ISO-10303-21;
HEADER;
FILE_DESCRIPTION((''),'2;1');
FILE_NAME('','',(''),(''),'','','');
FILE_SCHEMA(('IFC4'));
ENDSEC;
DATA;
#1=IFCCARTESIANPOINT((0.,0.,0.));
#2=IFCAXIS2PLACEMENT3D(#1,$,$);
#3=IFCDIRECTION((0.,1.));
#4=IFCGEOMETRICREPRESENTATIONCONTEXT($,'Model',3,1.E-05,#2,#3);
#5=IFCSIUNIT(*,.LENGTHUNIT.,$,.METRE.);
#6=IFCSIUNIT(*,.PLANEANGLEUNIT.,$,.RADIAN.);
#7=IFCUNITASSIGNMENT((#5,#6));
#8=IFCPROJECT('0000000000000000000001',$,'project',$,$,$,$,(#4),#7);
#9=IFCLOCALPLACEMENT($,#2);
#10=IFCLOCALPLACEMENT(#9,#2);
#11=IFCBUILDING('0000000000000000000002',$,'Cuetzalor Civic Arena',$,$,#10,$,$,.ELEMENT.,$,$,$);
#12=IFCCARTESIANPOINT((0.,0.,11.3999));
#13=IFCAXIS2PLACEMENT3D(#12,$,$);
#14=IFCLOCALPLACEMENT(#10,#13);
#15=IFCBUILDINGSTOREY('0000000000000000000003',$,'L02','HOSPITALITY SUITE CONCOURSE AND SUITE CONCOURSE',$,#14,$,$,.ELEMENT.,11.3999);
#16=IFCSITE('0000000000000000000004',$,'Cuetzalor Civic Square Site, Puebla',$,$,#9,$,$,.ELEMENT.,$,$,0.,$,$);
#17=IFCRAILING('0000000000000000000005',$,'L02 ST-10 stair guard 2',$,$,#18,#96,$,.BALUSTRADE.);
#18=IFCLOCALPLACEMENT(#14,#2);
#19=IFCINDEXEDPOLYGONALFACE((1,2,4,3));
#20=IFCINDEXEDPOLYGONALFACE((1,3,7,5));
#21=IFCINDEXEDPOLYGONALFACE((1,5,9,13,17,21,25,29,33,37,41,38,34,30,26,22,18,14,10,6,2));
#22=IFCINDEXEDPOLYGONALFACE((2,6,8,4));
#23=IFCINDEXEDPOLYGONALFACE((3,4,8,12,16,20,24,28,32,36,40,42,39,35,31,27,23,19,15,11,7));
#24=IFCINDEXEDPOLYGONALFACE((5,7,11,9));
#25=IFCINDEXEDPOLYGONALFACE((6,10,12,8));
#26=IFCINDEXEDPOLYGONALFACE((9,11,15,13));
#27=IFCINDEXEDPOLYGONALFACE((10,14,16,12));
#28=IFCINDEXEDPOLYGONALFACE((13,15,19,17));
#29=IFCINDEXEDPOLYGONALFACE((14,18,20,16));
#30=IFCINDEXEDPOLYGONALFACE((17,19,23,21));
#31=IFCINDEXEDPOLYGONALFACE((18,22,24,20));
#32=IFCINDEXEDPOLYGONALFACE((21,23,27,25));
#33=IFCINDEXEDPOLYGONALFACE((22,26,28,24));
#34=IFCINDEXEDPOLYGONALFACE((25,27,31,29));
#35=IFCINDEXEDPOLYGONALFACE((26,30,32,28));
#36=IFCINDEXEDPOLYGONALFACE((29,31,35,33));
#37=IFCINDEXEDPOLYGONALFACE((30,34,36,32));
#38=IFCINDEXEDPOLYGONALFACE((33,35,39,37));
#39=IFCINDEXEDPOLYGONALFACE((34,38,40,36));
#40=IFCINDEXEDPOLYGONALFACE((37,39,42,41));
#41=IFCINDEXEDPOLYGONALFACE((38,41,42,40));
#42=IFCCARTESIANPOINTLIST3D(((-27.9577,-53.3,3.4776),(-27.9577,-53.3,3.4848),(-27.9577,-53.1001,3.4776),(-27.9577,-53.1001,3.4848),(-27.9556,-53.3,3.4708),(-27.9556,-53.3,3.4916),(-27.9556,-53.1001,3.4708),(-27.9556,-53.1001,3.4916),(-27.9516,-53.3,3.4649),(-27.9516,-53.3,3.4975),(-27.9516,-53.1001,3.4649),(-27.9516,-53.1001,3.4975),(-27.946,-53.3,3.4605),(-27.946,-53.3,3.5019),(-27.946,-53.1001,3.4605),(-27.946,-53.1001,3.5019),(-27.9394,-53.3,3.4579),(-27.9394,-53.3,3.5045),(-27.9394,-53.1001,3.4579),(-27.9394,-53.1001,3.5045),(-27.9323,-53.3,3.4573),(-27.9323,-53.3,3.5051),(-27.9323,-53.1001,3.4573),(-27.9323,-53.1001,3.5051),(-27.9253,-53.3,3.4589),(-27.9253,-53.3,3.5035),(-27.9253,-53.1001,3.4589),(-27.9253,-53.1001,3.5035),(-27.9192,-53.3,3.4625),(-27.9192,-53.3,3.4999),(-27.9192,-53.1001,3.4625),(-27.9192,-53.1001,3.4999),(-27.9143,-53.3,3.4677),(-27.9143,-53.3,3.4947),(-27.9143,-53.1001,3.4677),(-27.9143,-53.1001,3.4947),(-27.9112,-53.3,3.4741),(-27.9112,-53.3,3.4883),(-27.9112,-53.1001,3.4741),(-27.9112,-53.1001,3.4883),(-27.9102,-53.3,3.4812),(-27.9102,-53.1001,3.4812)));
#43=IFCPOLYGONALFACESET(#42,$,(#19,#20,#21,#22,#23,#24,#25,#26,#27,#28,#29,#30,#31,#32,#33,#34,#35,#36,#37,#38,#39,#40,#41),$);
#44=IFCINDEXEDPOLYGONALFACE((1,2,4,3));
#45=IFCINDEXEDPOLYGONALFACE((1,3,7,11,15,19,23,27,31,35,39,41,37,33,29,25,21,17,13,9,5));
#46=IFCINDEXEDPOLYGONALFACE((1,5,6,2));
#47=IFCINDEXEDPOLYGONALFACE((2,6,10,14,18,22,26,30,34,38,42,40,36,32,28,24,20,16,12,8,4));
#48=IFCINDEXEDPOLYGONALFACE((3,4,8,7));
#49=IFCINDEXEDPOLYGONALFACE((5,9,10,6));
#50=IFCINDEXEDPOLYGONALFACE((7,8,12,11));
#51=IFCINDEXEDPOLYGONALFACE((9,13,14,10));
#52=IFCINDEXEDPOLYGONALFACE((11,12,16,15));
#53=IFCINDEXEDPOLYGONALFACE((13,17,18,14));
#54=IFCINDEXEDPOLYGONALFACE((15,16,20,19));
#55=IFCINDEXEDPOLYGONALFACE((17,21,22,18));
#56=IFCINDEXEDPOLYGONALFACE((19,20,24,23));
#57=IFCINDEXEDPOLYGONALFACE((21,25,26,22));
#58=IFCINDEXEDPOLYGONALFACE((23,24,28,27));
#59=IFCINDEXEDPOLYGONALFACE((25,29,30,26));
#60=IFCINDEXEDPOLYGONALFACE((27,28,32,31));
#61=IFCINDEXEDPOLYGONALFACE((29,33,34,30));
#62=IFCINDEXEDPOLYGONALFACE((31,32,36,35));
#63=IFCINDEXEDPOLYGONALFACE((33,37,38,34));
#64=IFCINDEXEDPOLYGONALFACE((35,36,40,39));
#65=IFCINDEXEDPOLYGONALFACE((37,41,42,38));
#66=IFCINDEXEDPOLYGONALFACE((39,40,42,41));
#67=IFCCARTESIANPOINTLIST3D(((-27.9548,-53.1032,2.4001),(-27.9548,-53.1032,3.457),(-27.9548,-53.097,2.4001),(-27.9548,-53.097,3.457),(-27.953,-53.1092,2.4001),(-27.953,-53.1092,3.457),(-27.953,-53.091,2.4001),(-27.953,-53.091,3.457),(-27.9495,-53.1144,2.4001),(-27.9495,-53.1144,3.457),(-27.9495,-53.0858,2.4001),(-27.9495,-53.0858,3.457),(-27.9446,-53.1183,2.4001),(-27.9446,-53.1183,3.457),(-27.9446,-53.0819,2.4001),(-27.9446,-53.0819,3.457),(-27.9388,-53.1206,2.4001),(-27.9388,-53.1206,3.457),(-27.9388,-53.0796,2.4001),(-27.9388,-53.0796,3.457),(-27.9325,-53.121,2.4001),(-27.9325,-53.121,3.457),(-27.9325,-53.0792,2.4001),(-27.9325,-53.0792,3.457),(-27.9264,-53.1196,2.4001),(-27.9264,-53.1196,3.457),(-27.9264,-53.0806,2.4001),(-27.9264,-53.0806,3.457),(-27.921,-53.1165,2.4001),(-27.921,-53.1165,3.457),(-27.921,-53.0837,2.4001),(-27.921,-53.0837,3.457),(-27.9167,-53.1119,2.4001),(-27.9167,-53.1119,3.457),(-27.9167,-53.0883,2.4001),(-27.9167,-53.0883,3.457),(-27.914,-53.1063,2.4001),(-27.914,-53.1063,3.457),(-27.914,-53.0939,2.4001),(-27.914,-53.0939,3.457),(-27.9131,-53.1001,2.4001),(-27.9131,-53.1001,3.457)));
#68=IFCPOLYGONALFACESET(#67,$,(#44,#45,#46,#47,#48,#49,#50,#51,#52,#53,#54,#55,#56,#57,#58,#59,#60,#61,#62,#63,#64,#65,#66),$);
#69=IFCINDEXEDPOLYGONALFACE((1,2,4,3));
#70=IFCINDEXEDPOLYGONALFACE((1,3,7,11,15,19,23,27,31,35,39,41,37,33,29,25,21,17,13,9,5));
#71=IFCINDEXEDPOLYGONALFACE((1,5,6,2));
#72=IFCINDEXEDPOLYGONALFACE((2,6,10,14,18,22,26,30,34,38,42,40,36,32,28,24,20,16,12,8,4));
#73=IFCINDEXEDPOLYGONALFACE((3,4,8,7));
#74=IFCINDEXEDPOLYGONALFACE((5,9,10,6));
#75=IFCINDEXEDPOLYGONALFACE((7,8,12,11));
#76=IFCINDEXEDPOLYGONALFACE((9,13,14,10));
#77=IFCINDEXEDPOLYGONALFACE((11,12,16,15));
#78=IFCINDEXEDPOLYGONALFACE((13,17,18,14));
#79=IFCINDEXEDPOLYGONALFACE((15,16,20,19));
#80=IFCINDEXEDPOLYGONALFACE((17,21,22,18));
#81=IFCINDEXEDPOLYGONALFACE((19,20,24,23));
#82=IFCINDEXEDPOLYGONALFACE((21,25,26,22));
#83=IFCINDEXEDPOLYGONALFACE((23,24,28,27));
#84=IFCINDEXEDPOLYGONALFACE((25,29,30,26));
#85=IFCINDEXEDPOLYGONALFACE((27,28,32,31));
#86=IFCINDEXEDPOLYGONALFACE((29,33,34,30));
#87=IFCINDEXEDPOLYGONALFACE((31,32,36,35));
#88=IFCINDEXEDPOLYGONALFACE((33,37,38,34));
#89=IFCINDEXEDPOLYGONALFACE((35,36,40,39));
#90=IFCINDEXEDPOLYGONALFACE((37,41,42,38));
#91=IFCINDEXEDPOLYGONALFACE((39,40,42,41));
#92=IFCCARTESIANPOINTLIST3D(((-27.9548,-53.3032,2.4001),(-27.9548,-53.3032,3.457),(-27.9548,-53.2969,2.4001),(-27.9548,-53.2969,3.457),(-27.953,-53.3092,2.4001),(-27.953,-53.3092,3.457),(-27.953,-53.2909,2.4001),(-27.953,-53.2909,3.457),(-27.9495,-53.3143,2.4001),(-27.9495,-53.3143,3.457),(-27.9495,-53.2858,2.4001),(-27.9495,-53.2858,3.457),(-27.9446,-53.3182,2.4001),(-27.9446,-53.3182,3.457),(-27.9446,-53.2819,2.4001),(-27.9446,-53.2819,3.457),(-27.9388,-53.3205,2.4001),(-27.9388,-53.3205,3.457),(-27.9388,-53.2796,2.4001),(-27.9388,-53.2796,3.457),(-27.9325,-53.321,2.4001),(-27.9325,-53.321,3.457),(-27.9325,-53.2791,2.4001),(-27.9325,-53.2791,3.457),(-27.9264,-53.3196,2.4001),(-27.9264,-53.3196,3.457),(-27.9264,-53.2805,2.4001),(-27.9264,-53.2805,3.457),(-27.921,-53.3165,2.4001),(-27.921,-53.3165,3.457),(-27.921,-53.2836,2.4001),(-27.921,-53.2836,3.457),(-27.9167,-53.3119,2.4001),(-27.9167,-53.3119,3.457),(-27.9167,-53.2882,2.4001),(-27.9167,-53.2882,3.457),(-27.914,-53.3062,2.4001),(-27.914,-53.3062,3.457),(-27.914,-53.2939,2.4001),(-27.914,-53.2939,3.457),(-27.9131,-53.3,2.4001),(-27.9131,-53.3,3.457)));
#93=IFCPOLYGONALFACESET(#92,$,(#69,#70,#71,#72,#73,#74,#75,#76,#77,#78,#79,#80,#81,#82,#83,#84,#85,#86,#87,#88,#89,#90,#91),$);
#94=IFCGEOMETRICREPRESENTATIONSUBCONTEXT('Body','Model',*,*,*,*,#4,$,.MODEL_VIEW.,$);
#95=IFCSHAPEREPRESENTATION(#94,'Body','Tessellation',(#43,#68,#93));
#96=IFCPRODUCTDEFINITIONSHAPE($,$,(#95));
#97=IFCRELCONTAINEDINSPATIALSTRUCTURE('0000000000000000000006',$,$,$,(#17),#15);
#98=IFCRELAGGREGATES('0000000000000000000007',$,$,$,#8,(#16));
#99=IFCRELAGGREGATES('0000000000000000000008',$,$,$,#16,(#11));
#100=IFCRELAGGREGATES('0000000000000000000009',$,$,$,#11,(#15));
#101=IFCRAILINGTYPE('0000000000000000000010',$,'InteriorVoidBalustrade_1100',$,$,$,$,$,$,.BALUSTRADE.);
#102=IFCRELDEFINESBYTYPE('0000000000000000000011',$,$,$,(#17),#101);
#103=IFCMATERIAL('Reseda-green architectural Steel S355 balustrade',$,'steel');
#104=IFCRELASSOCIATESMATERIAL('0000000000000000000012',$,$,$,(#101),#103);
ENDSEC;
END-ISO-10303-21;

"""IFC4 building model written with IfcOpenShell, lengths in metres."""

from ifc_helpers import new_model, si_unit, direction, frame, origin, origin_2d, place, context, subcontext, project, spatial, circle, extrude, material, type_object, element, save


model = new_model("IFC4")

# Units and contexts
model_context = context("Model", 3, precision=1e-05, world=origin(), true_north=direction((0.0, 1.0)))
body_context = subcontext(model_context, "Body", "Model", "MODEL_VIEW")
ifc_project = project(units=[si_unit("LENGTHUNIT", "METRE"), si_unit("PLANEANGLEUNIT", "RADIAN")], contexts=[model_context])

# Site, building, storey
site_placement = place(None, origin())
site = spatial("IfcSite", under=ifc_project, at=site_placement, Name="Cuetzalor Civic Square Site, Puebla", CompositionType="ELEMENT", RefElevation=0.0)
building_placement = place(site_placement, origin())
building = spatial("IfcBuilding", under=site, at=building_placement, Name="Cuetzalor Civic Arena", CompositionType="ELEMENT")
storey_placement = place(building_placement, frame((0.0, 0.0, 11.3999)))
storey = spatial("IfcBuildingStorey", under=building, at=storey_placement, Name="L02", Description="HOSPITALITY SUITE CONCOURSE AND SUITE CONCOURSE", CompositionType="ELEMENT", Elevation=11.3999)

# Railing
ifc_material_1 = material(Name="Reseda-green architectural Steel S355 balustrade", Category="steel")
railing_type_1 = type_object("IfcRailingType", Name="InteriorVoidBalustrade_1100", PredefinedType="BALUSTRADE", material=ifc_material_1)
railing_1_placement = place(storey_placement, frame((-27.9341, -53.1001, 2.4001)))
element("IfcRailing", 1, at=railing_1_placement, inside=storey, type_object=railing_type_1, Name="L02 ST-10 stair guard 2", PredefinedType="BALUSTRADE", context=body_context, shape_type="SweptSolid", body=[
    extrude(circle(Radius=0.0239, at=origin_2d()), frame((0.0, 0.0, 1.0811), z_axis=(0.0, -1.0, 0.0), x_axis=(1.0, 0.0, 0.0)), (0.0, 0.0, 1.0), 0.2),
    extrude(circle(Radius=0.021, at=origin_2d()), origin(), (0.0, 0.0, 1.0), 1.0569),
    extrude(circle(Radius=0.021, at=origin_2d()), frame((0.0, -0.2, 0.0)), (0.0, 0.0, 1.0), 1.0569),
])

save(model, "model.ifc")
